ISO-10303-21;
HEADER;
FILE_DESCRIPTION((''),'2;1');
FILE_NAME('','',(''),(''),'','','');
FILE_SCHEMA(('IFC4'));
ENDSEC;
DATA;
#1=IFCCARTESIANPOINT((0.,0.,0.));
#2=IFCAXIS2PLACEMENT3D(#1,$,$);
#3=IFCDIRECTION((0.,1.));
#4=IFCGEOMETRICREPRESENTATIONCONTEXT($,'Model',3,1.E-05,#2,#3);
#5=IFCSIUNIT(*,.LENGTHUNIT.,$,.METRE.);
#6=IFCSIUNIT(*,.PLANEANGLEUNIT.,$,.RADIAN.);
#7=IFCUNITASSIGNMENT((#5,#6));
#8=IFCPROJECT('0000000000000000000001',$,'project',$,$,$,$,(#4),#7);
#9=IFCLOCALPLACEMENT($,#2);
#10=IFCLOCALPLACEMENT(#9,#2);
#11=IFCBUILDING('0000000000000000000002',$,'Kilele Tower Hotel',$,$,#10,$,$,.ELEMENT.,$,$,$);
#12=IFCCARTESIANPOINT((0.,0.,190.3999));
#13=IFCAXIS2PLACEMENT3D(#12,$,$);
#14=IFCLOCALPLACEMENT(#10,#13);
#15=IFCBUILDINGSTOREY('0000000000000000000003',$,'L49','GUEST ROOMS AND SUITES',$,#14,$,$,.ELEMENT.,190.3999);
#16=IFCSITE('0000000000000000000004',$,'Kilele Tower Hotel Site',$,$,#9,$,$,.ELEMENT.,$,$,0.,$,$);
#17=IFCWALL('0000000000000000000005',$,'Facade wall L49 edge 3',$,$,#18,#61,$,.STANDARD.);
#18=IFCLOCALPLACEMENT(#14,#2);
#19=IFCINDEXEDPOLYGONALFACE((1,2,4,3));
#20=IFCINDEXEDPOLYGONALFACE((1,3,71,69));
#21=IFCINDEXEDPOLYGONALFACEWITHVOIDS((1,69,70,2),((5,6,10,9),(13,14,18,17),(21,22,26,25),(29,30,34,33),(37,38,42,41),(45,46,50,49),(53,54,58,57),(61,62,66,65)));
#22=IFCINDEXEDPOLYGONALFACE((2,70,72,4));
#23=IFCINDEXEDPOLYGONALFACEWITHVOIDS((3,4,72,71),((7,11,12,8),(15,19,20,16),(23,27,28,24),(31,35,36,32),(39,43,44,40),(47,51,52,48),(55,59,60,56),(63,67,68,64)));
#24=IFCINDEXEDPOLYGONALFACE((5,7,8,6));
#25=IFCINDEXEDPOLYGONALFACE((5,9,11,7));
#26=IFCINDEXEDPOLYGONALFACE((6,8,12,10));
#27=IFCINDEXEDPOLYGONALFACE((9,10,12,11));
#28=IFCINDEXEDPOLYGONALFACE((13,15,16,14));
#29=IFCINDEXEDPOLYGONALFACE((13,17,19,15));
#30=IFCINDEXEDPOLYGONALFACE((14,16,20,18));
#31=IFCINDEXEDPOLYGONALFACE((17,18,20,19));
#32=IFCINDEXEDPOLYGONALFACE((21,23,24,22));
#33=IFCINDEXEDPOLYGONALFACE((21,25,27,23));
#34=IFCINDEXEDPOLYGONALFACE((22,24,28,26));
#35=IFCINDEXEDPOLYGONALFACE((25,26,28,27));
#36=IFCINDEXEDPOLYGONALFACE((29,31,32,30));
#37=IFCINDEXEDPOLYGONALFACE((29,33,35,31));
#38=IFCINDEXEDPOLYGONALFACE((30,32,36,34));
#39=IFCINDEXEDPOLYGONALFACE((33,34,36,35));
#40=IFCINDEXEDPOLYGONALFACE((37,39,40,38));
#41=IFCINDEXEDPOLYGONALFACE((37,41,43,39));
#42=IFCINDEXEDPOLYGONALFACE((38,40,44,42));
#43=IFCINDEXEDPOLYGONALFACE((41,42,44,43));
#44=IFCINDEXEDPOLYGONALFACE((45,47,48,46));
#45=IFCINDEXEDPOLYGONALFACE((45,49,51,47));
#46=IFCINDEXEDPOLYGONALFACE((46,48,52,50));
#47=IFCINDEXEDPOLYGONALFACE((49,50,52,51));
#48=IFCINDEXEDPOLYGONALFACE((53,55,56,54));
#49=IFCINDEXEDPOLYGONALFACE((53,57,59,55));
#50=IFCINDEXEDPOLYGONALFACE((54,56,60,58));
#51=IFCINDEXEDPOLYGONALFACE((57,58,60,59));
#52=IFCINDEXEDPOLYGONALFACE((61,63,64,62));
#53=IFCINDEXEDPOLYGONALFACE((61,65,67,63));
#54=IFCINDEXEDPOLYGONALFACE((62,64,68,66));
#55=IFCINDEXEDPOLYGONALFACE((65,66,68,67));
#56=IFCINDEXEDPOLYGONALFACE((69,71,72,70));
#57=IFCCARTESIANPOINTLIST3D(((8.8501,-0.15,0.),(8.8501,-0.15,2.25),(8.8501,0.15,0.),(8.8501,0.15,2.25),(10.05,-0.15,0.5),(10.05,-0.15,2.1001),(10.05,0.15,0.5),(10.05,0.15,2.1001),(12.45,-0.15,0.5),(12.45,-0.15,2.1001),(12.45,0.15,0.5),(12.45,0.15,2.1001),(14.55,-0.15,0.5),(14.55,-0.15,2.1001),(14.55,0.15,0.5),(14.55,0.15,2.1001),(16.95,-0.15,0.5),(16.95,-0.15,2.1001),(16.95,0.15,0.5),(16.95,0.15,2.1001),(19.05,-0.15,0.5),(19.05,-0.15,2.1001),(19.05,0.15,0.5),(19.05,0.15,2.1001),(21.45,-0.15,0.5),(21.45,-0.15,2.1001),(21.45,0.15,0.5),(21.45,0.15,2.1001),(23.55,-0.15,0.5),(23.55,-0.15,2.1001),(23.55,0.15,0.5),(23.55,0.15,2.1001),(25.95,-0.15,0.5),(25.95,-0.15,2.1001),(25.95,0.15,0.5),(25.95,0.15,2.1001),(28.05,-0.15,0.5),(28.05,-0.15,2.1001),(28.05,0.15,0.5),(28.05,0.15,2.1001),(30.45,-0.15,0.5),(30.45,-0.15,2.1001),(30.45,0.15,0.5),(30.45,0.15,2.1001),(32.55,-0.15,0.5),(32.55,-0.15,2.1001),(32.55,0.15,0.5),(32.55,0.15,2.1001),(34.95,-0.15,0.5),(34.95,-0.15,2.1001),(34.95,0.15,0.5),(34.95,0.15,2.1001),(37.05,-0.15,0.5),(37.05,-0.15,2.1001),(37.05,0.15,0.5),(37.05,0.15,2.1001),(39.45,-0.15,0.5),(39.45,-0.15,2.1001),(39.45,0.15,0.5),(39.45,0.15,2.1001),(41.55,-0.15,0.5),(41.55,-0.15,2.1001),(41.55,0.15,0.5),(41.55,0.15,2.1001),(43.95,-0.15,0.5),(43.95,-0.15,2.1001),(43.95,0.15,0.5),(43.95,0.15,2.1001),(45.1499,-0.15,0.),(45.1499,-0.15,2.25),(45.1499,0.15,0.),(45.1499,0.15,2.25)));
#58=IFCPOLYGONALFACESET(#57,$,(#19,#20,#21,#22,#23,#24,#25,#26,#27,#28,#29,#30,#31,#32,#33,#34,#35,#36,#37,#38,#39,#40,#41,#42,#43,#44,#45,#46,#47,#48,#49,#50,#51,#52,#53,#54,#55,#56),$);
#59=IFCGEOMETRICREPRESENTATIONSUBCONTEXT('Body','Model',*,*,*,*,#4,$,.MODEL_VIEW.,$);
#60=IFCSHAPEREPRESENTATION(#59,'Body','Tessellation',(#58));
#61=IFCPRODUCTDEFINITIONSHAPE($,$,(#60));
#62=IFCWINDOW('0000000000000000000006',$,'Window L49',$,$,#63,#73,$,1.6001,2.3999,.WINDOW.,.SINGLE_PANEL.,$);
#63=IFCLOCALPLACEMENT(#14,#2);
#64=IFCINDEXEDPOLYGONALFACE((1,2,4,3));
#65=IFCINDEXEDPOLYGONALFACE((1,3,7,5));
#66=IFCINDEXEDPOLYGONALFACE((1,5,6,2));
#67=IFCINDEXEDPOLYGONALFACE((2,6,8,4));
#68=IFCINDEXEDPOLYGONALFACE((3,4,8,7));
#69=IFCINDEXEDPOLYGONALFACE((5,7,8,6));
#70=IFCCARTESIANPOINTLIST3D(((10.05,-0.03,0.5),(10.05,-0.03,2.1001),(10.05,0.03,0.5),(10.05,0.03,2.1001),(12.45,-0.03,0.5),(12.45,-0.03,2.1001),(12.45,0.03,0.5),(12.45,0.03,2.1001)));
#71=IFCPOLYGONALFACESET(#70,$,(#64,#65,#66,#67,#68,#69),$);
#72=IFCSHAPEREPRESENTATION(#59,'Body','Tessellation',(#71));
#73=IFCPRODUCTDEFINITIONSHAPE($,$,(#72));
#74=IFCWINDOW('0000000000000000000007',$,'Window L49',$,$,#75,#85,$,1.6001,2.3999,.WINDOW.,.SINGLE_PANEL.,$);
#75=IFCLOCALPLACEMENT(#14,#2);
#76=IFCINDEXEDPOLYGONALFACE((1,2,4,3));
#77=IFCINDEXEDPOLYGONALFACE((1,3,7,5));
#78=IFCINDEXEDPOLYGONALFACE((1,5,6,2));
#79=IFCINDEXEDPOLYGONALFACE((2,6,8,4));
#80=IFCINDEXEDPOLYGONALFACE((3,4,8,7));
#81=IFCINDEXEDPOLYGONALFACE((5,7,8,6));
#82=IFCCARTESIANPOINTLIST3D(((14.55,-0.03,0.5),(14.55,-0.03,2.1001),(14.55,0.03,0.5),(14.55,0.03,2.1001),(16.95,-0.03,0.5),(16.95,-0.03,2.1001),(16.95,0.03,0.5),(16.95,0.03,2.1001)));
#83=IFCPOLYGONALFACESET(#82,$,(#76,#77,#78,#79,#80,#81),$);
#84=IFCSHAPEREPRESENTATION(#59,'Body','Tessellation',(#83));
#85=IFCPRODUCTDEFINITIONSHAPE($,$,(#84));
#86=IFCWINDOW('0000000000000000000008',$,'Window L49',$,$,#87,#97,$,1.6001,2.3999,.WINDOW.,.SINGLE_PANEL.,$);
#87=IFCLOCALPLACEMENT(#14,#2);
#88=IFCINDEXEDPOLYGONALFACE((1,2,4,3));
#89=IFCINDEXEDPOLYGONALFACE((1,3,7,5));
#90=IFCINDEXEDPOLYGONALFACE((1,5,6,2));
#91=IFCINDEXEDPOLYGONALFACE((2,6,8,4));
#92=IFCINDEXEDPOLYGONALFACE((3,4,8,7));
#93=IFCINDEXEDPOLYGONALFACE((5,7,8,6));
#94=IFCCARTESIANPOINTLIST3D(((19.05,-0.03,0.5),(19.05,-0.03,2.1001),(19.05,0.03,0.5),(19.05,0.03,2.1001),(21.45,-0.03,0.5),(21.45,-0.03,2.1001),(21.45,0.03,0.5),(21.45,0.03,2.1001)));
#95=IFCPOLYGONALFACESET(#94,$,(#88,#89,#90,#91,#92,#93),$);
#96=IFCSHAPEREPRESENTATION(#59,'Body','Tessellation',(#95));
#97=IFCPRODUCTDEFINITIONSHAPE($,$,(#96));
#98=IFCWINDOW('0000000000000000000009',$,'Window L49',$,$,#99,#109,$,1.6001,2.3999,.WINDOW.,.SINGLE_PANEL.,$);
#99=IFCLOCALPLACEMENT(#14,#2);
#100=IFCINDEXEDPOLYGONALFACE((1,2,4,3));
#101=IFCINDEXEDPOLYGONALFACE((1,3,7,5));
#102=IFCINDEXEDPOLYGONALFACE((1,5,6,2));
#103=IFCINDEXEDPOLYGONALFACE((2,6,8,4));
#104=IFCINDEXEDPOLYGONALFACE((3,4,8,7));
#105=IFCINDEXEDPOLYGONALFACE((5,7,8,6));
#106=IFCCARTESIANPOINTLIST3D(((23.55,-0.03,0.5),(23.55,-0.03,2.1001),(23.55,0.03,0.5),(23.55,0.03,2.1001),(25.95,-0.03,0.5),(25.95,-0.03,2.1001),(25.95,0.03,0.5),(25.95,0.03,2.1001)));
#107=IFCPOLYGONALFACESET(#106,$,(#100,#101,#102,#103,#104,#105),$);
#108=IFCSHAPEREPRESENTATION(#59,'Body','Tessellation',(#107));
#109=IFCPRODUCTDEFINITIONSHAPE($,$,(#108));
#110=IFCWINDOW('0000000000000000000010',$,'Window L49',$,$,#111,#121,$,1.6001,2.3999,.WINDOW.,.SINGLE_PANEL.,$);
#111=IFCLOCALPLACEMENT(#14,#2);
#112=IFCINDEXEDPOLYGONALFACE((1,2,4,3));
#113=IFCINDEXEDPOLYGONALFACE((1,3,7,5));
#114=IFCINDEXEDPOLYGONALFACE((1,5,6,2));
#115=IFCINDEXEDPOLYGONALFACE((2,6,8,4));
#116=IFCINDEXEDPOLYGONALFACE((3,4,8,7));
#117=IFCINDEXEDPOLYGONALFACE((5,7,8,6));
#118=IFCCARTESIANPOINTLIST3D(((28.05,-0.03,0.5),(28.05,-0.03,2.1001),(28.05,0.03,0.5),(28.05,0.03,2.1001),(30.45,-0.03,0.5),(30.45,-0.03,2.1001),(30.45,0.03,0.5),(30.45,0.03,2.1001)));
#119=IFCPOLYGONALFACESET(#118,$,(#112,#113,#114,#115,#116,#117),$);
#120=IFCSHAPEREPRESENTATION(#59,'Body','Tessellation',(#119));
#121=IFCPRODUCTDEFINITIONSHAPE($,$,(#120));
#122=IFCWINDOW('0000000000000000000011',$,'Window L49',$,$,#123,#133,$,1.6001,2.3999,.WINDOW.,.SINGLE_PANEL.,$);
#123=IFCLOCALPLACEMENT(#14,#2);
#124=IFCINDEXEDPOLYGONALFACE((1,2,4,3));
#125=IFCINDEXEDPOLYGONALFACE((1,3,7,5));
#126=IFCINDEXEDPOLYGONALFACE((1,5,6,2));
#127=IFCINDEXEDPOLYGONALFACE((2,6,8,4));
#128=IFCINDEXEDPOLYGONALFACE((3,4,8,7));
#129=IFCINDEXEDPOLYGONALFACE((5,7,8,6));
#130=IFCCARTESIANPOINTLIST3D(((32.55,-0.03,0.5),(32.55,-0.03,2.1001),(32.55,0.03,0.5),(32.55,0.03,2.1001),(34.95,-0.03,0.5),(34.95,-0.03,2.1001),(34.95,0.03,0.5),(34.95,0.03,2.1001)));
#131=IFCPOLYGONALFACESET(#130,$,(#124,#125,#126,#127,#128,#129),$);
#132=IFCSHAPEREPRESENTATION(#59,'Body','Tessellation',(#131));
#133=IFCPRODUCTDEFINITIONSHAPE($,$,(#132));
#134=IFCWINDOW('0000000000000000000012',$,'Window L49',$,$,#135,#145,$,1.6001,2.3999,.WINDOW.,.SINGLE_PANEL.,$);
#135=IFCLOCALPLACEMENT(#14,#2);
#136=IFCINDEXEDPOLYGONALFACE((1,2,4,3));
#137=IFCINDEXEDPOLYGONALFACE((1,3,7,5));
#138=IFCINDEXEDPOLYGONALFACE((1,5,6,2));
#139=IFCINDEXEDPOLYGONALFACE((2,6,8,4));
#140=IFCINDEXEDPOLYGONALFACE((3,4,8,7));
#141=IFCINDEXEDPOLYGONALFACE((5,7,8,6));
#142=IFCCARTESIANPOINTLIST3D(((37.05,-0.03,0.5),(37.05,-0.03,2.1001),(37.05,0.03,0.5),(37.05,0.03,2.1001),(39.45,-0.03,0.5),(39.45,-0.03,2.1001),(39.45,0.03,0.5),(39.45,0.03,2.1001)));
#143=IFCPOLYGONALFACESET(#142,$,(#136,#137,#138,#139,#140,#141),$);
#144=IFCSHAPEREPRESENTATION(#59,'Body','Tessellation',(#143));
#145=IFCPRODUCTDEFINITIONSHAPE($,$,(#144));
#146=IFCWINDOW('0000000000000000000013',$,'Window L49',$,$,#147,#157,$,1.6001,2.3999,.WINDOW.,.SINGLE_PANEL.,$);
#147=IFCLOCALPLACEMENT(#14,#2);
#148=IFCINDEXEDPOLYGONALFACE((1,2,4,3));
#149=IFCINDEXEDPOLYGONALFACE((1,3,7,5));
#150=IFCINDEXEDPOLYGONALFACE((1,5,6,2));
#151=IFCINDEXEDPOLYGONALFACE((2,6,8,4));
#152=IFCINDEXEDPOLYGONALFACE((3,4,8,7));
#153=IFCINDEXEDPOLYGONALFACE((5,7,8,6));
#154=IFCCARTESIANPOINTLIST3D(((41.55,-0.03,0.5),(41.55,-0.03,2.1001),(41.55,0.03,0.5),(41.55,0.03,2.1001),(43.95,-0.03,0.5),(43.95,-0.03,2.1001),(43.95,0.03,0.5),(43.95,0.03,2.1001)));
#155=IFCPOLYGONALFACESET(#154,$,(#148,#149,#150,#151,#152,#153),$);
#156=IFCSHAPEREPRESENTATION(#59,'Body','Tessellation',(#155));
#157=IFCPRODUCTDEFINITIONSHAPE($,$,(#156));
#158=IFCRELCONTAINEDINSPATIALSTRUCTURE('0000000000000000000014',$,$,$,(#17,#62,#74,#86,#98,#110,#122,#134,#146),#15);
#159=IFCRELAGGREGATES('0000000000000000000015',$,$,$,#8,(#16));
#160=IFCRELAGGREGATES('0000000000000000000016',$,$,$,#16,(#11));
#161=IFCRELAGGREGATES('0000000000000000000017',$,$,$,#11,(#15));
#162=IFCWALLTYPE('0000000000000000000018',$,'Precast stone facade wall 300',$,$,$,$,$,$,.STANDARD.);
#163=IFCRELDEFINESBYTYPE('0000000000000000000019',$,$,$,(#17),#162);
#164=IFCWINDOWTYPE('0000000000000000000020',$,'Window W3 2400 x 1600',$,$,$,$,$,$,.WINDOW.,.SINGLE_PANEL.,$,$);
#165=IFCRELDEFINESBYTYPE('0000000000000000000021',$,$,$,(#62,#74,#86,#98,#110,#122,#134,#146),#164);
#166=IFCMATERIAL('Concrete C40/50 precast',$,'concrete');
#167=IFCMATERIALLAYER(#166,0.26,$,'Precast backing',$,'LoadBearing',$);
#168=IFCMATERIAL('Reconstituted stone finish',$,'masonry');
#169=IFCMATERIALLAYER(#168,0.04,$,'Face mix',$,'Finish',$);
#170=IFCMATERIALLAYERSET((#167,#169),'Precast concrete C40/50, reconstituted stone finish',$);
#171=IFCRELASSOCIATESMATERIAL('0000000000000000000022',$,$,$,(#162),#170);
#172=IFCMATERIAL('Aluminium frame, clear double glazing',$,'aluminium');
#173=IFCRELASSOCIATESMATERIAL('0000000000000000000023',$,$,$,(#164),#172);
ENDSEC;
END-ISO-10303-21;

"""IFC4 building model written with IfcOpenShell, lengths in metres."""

from ifc_helpers import new_model, si_unit, direction, frame, frame_2d, origin, place, context, subcontext, project, spatial, rectangle, extrude, material, layer, layer_set, type_object, element, fill, save


model = new_model("IFC4")

# Units and contexts
model_context = context("Model", 3, precision=1e-05, world=origin(), true_north=direction((0.0, 1.0)))
body_context = subcontext(model_context, "Body", "Model", "MODEL_VIEW")
ifc_project = project(units=[si_unit("LENGTHUNIT", "METRE"), si_unit("PLANEANGLEUNIT", "RADIAN")], contexts=[model_context])

# Site, building, storey
site_placement = place(None, origin())
site = spatial("IfcSite", under=ifc_project, at=site_placement, Name="Kilele Tower Hotel Site", CompositionType="ELEMENT", RefElevation=0.0)
building_placement = place(site_placement, origin())
building = spatial("IfcBuilding", under=site, at=building_placement, Name="Kilele Tower Hotel", CompositionType="ELEMENT")
storey_placement = place(building_placement, frame((0.0, 0.0, 190.3999)))
storey = spatial("IfcBuildingStorey", under=building, at=storey_placement, Name="L49", Description="GUEST ROOMS AND SUITES", CompositionType="ELEMENT", Elevation=190.3999)

# Shared definitions
ifc_material_1 = material(Name="Concrete C40/50 precast", Category="concrete")
ifc_layer_1 = layer(ifc_material_1, 0.26, Name="Precast backing", Category="LoadBearing")
ifc_material_2 = material(Name="Reconstituted stone finish", Category="masonry")
ifc_layer_2 = layer(ifc_material_2, 0.04, Name="Face mix", Category="Finish")
ifc_layer_set_1 = layer_set([ifc_layer_1, ifc_layer_2], Name="Precast concrete C40/50, reconstituted stone finish")
wall_type_1 = type_object("IfcWallType", Name="Precast stone facade wall 300", PredefinedType="STANDARD", material=ifc_layer_set_1)

# Wall, openings, windows
wall_1_placement = place(storey_placement, frame((8.8501, 0.0, 0.0), z_axis=(0.0, 0.0, 1.0), x_axis=(1.0, 0.0, 0.0)))
wall_1 = element("IfcWall", 1, at=wall_1_placement, inside=storey, type_object=wall_type_1, Name="Facade wall L49 edge 3", PredefinedType="STANDARD", context=body_context, shape_type="SweptSolid", body=[
    extrude(rectangle(XDim=36.2998, YDim=0.3, at=frame_2d((18.1499, 0.0))), origin(), (0.0, 0.0, 1.0), 2.25),
])
opening_1_placement = place(wall_1_placement, frame((1.2, 0.0, 0.5)))
opening_1 = element("IfcOpeningElement", 2, at=opening_1_placement, cuts=wall_1, PredefinedType="OPENING", context=body_context, shape_type="SweptSolid", body=[
    extrude(rectangle(XDim=2.3999, YDim=1.6001, at=frame_2d((1.2, 0.8))), frame((0.0, 0.1599, 0.0), z_axis=(0.0, -1.0, 0.0), x_axis=(1.0, 0.0, 0.0)), (0.0, 0.0, 1.0), 0.3201),
])
opening_2_placement = place(wall_1_placement, frame((5.7, 0.0, 0.5)))
opening_2 = element("IfcOpeningElement", 3, at=opening_2_placement, cuts=wall_1, PredefinedType="OPENING", context=body_context, shape_type="SweptSolid", body=[
    extrude(rectangle(XDim=2.3999, YDim=1.6001, at=frame_2d((1.2, 0.8))), frame((0.0, 0.1599, 0.0), z_axis=(0.0, -1.0, 0.0), x_axis=(1.0, 0.0, 0.0)), (0.0, 0.0, 1.0), 0.3201),
])
opening_3_placement = place(wall_1_placement, frame((10.2, 0.0, 0.5)))
opening_3 = element("IfcOpeningElement", 4, at=opening_3_placement, cuts=wall_1, PredefinedType="OPENING", context=body_context, shape_type="SweptSolid", body=[
    extrude(rectangle(XDim=2.3999, YDim=1.6001, at=frame_2d((1.2, 0.8))), frame((0.0, 0.1599, 0.0), z_axis=(0.0, -1.0, 0.0), x_axis=(1.0, 0.0, 0.0)), (0.0, 0.0, 1.0), 0.3201),
])
opening_4_placement = place(wall_1_placement, frame((14.7, 0.0, 0.5)))
opening_4 = element("IfcOpeningElement", 5, at=opening_4_placement, cuts=wall_1, PredefinedType="OPENING", context=body_context, shape_type="SweptSolid", body=[
    extrude(rectangle(XDim=2.3999, YDim=1.6001, at=frame_2d((1.2, 0.8))), frame((0.0, 0.1599, 0.0), z_axis=(0.0, -1.0, 0.0), x_axis=(1.0, 0.0, 0.0)), (0.0, 0.0, 1.0), 0.3201),
])
opening_5_placement = place(wall_1_placement, frame((19.2, 0.0, 0.5)))
opening_5 = element("IfcOpeningElement", 6, at=opening_5_placement, cuts=wall_1, PredefinedType="OPENING", context=body_context, shape_type="SweptSolid", body=[
    extrude(rectangle(XDim=2.3999, YDim=1.6001, at=frame_2d((1.2, 0.8))), frame((0.0, 0.1599, 0.0), z_axis=(0.0, -1.0, 0.0), x_axis=(1.0, 0.0, 0.0)), (0.0, 0.0, 1.0), 0.3201),
])
opening_6_placement = place(wall_1_placement, frame((23.7, 0.0, 0.5)))
opening_6 = element("IfcOpeningElement", 7, at=opening_6_placement, cuts=wall_1, PredefinedType="OPENING", context=body_context, shape_type="SweptSolid", body=[
    extrude(rectangle(XDim=2.3999, YDim=1.6001, at=frame_2d((1.2, 0.8))), frame((0.0, 0.1599, 0.0), z_axis=(0.0, -1.0, 0.0), x_axis=(1.0, 0.0, 0.0)), (0.0, 0.0, 1.0), 0.3201),
])
opening_7_placement = place(wall_1_placement, frame((28.2, 0.0, 0.5)))
opening_7 = element("IfcOpeningElement", 8, at=opening_7_placement, cuts=wall_1, PredefinedType="OPENING", context=body_context, shape_type="SweptSolid", body=[
    extrude(rectangle(XDim=2.3999, YDim=1.6001, at=frame_2d((1.2, 0.8))), frame((0.0, 0.1599, 0.0), z_axis=(0.0, -1.0, 0.0), x_axis=(1.0, 0.0, 0.0)), (0.0, 0.0, 1.0), 0.3201),
])
opening_8_placement = place(wall_1_placement, frame((32.7, 0.0, 0.5)))
opening_8 = element("IfcOpeningElement", 9, at=opening_8_placement, cuts=wall_1, PredefinedType="OPENING", context=body_context, shape_type="SweptSolid", body=[
    extrude(rectangle(XDim=2.3999, YDim=1.6001, at=frame_2d((1.2, 0.8))), frame((0.0, 0.1599, 0.0), z_axis=(0.0, -1.0, 0.0), x_axis=(1.0, 0.0, 0.0)), (0.0, 0.0, 1.0), 0.3201),
])
ifc_material_3 = material(Name="Aluminium frame, clear double glazing", Category="aluminium")
window_type_1 = type_object("IfcWindowType", Name="Window W3 2400 x 1600", PartitioningType="SINGLE_PANEL", PredefinedType="WINDOW", material=ifc_material_3)
window_1_placement = place(opening_1_placement, origin())
window_1 = element("IfcWindow", 10, at=window_1_placement, inside=storey, type_object=window_type_1, Name="Window L49", OverallHeight=1.6001, OverallWidth=2.3999, PartitioningType="SINGLE_PANEL", PredefinedType="WINDOW", context=body_context, shape_type="SweptSolid", body=[
    extrude(rectangle(XDim=2.3999, YDim=1.6001, at=frame_2d((1.2, 0.8))), frame((0.0, 0.03, 0.0), z_axis=(0.0, -1.0, 0.0), x_axis=(1.0, 0.0, 0.0)), (0.0, 0.0, 1.0), 0.0601),
])
fill(opening_1, window_1)
window_2_placement = place(opening_2_placement, origin())
window_2 = element("IfcWindow", 11, at=window_2_placement, inside=storey, type_object=window_type_1, Name="Window L49", OverallHeight=1.6001, OverallWidth=2.3999, PartitioningType="SINGLE_PANEL", PredefinedType="WINDOW", context=body_context, shape_type="SweptSolid", body=[
    extrude(rectangle(XDim=2.3999, YDim=1.6001, at=frame_2d((1.2, 0.8))), frame((0.0, 0.03, 0.0), z_axis=(0.0, -1.0, 0.0), x_axis=(1.0, 0.0, 0.0)), (0.0, 0.0, 1.0), 0.0601),
])
fill(opening_2, window_2)
window_3_placement = place(opening_3_placement, origin())
window_3 = element("IfcWindow", 12, at=window_3_placement, inside=storey, type_object=window_type_1, Name="Window L49", OverallHeight=1.6001, OverallWidth=2.3999, PartitioningType="SINGLE_PANEL", PredefinedType="WINDOW", context=body_context, shape_type="SweptSolid", body=[
    extrude(rectangle(XDim=2.3999, YDim=1.6001, at=frame_2d((1.2, 0.8))), frame((0.0, 0.03, 0.0), z_axis=(0.0, -1.0, 0.0), x_axis=(1.0, 0.0, 0.0)), (0.0, 0.0, 1.0), 0.0601),
])
fill(opening_3, window_3)
window_4_placement = place(opening_4_placement, origin())
window_4 = element("IfcWindow", 13, at=window_4_placement, inside=storey, type_object=window_type_1, Name="Window L49", OverallHeight=1.6001, OverallWidth=2.3999, PartitioningType="SINGLE_PANEL", PredefinedType="WINDOW", context=body_context, shape_type="SweptSolid", body=[
    extrude(rectangle(XDim=2.3999, YDim=1.6001, at=frame_2d((1.2, 0.8))), frame((0.0, 0.03, 0.0), z_axis=(0.0, -1.0, 0.0), x_axis=(1.0, 0.0, 0.0)), (0.0, 0.0, 1.0), 0.0601),
])
fill(opening_4, window_4)
window_5_placement = place(opening_5_placement, origin())
window_5 = element("IfcWindow", 14, at=window_5_placement, inside=storey, type_object=window_type_1, Name="Window L49", OverallHeight=1.6001, OverallWidth=2.3999, PartitioningType="SINGLE_PANEL", PredefinedType="WINDOW", context=body_context, shape_type="SweptSolid", body=[
    extrude(rectangle(XDim=2.3999, YDim=1.6001, at=frame_2d((1.2, 0.8))), frame((0.0, 0.03, 0.0), z_axis=(0.0, -1.0, 0.0), x_axis=(1.0, 0.0, 0.0)), (0.0, 0.0, 1.0), 0.0601),
])
fill(opening_5, window_5)
window_6_placement = place(opening_6_placement, origin())
window_6 = element("IfcWindow", 15, at=window_6_placement, inside=storey, type_object=window_type_1, Name="Window L49", OverallHeight=1.6001, OverallWidth=2.3999, PartitioningType="SINGLE_PANEL", PredefinedType="WINDOW", context=body_context, shape_type="SweptSolid", body=[
    extrude(rectangle(XDim=2.3999, YDim=1.6001, at=frame_2d((1.2, 0.8))), frame((0.0, 0.03, 0.0), z_axis=(0.0, -1.0, 0.0), x_axis=(1.0, 0.0, 0.0)), (0.0, 0.0, 1.0), 0.0601),
])
fill(opening_6, window_6)
window_7_placement = place(opening_7_placement, origin())
window_7 = element("IfcWindow", 16, at=window_7_placement, inside=storey, type_object=window_type_1, Name="Window L49", OverallHeight=1.6001, OverallWidth=2.3999, PartitioningType="SINGLE_PANEL", PredefinedType="WINDOW", context=body_context, shape_type="SweptSolid", body=[
    extrude(rectangle(XDim=2.3999, YDim=1.6001, at=frame_2d((1.2, 0.8))), frame((0.0, 0.03, 0.0), z_axis=(0.0, -1.0, 0.0), x_axis=(1.0, 0.0, 0.0)), (0.0, 0.0, 1.0), 0.0601),
])
fill(opening_7, window_7)
window_8_placement = place(opening_8_placement, origin())
window_8 = element("IfcWindow", 17, at=window_8_placement, inside=storey, type_object=window_type_1, Name="Window L49", OverallHeight=1.6001, OverallWidth=2.3999, PartitioningType="SINGLE_PANEL", PredefinedType="WINDOW", context=body_context, shape_type="SweptSolid", body=[
    extrude(rectangle(XDim=2.3999, YDim=1.6001, at=frame_2d((1.2, 0.8))), frame((0.0, 0.03, 0.0), z_axis=(0.0, -1.0, 0.0), x_axis=(1.0, 0.0, 0.0)), (0.0, 0.0, 1.0), 0.0601),
])
fill(opening_8, window_8)

save(model, "model.ifc")
